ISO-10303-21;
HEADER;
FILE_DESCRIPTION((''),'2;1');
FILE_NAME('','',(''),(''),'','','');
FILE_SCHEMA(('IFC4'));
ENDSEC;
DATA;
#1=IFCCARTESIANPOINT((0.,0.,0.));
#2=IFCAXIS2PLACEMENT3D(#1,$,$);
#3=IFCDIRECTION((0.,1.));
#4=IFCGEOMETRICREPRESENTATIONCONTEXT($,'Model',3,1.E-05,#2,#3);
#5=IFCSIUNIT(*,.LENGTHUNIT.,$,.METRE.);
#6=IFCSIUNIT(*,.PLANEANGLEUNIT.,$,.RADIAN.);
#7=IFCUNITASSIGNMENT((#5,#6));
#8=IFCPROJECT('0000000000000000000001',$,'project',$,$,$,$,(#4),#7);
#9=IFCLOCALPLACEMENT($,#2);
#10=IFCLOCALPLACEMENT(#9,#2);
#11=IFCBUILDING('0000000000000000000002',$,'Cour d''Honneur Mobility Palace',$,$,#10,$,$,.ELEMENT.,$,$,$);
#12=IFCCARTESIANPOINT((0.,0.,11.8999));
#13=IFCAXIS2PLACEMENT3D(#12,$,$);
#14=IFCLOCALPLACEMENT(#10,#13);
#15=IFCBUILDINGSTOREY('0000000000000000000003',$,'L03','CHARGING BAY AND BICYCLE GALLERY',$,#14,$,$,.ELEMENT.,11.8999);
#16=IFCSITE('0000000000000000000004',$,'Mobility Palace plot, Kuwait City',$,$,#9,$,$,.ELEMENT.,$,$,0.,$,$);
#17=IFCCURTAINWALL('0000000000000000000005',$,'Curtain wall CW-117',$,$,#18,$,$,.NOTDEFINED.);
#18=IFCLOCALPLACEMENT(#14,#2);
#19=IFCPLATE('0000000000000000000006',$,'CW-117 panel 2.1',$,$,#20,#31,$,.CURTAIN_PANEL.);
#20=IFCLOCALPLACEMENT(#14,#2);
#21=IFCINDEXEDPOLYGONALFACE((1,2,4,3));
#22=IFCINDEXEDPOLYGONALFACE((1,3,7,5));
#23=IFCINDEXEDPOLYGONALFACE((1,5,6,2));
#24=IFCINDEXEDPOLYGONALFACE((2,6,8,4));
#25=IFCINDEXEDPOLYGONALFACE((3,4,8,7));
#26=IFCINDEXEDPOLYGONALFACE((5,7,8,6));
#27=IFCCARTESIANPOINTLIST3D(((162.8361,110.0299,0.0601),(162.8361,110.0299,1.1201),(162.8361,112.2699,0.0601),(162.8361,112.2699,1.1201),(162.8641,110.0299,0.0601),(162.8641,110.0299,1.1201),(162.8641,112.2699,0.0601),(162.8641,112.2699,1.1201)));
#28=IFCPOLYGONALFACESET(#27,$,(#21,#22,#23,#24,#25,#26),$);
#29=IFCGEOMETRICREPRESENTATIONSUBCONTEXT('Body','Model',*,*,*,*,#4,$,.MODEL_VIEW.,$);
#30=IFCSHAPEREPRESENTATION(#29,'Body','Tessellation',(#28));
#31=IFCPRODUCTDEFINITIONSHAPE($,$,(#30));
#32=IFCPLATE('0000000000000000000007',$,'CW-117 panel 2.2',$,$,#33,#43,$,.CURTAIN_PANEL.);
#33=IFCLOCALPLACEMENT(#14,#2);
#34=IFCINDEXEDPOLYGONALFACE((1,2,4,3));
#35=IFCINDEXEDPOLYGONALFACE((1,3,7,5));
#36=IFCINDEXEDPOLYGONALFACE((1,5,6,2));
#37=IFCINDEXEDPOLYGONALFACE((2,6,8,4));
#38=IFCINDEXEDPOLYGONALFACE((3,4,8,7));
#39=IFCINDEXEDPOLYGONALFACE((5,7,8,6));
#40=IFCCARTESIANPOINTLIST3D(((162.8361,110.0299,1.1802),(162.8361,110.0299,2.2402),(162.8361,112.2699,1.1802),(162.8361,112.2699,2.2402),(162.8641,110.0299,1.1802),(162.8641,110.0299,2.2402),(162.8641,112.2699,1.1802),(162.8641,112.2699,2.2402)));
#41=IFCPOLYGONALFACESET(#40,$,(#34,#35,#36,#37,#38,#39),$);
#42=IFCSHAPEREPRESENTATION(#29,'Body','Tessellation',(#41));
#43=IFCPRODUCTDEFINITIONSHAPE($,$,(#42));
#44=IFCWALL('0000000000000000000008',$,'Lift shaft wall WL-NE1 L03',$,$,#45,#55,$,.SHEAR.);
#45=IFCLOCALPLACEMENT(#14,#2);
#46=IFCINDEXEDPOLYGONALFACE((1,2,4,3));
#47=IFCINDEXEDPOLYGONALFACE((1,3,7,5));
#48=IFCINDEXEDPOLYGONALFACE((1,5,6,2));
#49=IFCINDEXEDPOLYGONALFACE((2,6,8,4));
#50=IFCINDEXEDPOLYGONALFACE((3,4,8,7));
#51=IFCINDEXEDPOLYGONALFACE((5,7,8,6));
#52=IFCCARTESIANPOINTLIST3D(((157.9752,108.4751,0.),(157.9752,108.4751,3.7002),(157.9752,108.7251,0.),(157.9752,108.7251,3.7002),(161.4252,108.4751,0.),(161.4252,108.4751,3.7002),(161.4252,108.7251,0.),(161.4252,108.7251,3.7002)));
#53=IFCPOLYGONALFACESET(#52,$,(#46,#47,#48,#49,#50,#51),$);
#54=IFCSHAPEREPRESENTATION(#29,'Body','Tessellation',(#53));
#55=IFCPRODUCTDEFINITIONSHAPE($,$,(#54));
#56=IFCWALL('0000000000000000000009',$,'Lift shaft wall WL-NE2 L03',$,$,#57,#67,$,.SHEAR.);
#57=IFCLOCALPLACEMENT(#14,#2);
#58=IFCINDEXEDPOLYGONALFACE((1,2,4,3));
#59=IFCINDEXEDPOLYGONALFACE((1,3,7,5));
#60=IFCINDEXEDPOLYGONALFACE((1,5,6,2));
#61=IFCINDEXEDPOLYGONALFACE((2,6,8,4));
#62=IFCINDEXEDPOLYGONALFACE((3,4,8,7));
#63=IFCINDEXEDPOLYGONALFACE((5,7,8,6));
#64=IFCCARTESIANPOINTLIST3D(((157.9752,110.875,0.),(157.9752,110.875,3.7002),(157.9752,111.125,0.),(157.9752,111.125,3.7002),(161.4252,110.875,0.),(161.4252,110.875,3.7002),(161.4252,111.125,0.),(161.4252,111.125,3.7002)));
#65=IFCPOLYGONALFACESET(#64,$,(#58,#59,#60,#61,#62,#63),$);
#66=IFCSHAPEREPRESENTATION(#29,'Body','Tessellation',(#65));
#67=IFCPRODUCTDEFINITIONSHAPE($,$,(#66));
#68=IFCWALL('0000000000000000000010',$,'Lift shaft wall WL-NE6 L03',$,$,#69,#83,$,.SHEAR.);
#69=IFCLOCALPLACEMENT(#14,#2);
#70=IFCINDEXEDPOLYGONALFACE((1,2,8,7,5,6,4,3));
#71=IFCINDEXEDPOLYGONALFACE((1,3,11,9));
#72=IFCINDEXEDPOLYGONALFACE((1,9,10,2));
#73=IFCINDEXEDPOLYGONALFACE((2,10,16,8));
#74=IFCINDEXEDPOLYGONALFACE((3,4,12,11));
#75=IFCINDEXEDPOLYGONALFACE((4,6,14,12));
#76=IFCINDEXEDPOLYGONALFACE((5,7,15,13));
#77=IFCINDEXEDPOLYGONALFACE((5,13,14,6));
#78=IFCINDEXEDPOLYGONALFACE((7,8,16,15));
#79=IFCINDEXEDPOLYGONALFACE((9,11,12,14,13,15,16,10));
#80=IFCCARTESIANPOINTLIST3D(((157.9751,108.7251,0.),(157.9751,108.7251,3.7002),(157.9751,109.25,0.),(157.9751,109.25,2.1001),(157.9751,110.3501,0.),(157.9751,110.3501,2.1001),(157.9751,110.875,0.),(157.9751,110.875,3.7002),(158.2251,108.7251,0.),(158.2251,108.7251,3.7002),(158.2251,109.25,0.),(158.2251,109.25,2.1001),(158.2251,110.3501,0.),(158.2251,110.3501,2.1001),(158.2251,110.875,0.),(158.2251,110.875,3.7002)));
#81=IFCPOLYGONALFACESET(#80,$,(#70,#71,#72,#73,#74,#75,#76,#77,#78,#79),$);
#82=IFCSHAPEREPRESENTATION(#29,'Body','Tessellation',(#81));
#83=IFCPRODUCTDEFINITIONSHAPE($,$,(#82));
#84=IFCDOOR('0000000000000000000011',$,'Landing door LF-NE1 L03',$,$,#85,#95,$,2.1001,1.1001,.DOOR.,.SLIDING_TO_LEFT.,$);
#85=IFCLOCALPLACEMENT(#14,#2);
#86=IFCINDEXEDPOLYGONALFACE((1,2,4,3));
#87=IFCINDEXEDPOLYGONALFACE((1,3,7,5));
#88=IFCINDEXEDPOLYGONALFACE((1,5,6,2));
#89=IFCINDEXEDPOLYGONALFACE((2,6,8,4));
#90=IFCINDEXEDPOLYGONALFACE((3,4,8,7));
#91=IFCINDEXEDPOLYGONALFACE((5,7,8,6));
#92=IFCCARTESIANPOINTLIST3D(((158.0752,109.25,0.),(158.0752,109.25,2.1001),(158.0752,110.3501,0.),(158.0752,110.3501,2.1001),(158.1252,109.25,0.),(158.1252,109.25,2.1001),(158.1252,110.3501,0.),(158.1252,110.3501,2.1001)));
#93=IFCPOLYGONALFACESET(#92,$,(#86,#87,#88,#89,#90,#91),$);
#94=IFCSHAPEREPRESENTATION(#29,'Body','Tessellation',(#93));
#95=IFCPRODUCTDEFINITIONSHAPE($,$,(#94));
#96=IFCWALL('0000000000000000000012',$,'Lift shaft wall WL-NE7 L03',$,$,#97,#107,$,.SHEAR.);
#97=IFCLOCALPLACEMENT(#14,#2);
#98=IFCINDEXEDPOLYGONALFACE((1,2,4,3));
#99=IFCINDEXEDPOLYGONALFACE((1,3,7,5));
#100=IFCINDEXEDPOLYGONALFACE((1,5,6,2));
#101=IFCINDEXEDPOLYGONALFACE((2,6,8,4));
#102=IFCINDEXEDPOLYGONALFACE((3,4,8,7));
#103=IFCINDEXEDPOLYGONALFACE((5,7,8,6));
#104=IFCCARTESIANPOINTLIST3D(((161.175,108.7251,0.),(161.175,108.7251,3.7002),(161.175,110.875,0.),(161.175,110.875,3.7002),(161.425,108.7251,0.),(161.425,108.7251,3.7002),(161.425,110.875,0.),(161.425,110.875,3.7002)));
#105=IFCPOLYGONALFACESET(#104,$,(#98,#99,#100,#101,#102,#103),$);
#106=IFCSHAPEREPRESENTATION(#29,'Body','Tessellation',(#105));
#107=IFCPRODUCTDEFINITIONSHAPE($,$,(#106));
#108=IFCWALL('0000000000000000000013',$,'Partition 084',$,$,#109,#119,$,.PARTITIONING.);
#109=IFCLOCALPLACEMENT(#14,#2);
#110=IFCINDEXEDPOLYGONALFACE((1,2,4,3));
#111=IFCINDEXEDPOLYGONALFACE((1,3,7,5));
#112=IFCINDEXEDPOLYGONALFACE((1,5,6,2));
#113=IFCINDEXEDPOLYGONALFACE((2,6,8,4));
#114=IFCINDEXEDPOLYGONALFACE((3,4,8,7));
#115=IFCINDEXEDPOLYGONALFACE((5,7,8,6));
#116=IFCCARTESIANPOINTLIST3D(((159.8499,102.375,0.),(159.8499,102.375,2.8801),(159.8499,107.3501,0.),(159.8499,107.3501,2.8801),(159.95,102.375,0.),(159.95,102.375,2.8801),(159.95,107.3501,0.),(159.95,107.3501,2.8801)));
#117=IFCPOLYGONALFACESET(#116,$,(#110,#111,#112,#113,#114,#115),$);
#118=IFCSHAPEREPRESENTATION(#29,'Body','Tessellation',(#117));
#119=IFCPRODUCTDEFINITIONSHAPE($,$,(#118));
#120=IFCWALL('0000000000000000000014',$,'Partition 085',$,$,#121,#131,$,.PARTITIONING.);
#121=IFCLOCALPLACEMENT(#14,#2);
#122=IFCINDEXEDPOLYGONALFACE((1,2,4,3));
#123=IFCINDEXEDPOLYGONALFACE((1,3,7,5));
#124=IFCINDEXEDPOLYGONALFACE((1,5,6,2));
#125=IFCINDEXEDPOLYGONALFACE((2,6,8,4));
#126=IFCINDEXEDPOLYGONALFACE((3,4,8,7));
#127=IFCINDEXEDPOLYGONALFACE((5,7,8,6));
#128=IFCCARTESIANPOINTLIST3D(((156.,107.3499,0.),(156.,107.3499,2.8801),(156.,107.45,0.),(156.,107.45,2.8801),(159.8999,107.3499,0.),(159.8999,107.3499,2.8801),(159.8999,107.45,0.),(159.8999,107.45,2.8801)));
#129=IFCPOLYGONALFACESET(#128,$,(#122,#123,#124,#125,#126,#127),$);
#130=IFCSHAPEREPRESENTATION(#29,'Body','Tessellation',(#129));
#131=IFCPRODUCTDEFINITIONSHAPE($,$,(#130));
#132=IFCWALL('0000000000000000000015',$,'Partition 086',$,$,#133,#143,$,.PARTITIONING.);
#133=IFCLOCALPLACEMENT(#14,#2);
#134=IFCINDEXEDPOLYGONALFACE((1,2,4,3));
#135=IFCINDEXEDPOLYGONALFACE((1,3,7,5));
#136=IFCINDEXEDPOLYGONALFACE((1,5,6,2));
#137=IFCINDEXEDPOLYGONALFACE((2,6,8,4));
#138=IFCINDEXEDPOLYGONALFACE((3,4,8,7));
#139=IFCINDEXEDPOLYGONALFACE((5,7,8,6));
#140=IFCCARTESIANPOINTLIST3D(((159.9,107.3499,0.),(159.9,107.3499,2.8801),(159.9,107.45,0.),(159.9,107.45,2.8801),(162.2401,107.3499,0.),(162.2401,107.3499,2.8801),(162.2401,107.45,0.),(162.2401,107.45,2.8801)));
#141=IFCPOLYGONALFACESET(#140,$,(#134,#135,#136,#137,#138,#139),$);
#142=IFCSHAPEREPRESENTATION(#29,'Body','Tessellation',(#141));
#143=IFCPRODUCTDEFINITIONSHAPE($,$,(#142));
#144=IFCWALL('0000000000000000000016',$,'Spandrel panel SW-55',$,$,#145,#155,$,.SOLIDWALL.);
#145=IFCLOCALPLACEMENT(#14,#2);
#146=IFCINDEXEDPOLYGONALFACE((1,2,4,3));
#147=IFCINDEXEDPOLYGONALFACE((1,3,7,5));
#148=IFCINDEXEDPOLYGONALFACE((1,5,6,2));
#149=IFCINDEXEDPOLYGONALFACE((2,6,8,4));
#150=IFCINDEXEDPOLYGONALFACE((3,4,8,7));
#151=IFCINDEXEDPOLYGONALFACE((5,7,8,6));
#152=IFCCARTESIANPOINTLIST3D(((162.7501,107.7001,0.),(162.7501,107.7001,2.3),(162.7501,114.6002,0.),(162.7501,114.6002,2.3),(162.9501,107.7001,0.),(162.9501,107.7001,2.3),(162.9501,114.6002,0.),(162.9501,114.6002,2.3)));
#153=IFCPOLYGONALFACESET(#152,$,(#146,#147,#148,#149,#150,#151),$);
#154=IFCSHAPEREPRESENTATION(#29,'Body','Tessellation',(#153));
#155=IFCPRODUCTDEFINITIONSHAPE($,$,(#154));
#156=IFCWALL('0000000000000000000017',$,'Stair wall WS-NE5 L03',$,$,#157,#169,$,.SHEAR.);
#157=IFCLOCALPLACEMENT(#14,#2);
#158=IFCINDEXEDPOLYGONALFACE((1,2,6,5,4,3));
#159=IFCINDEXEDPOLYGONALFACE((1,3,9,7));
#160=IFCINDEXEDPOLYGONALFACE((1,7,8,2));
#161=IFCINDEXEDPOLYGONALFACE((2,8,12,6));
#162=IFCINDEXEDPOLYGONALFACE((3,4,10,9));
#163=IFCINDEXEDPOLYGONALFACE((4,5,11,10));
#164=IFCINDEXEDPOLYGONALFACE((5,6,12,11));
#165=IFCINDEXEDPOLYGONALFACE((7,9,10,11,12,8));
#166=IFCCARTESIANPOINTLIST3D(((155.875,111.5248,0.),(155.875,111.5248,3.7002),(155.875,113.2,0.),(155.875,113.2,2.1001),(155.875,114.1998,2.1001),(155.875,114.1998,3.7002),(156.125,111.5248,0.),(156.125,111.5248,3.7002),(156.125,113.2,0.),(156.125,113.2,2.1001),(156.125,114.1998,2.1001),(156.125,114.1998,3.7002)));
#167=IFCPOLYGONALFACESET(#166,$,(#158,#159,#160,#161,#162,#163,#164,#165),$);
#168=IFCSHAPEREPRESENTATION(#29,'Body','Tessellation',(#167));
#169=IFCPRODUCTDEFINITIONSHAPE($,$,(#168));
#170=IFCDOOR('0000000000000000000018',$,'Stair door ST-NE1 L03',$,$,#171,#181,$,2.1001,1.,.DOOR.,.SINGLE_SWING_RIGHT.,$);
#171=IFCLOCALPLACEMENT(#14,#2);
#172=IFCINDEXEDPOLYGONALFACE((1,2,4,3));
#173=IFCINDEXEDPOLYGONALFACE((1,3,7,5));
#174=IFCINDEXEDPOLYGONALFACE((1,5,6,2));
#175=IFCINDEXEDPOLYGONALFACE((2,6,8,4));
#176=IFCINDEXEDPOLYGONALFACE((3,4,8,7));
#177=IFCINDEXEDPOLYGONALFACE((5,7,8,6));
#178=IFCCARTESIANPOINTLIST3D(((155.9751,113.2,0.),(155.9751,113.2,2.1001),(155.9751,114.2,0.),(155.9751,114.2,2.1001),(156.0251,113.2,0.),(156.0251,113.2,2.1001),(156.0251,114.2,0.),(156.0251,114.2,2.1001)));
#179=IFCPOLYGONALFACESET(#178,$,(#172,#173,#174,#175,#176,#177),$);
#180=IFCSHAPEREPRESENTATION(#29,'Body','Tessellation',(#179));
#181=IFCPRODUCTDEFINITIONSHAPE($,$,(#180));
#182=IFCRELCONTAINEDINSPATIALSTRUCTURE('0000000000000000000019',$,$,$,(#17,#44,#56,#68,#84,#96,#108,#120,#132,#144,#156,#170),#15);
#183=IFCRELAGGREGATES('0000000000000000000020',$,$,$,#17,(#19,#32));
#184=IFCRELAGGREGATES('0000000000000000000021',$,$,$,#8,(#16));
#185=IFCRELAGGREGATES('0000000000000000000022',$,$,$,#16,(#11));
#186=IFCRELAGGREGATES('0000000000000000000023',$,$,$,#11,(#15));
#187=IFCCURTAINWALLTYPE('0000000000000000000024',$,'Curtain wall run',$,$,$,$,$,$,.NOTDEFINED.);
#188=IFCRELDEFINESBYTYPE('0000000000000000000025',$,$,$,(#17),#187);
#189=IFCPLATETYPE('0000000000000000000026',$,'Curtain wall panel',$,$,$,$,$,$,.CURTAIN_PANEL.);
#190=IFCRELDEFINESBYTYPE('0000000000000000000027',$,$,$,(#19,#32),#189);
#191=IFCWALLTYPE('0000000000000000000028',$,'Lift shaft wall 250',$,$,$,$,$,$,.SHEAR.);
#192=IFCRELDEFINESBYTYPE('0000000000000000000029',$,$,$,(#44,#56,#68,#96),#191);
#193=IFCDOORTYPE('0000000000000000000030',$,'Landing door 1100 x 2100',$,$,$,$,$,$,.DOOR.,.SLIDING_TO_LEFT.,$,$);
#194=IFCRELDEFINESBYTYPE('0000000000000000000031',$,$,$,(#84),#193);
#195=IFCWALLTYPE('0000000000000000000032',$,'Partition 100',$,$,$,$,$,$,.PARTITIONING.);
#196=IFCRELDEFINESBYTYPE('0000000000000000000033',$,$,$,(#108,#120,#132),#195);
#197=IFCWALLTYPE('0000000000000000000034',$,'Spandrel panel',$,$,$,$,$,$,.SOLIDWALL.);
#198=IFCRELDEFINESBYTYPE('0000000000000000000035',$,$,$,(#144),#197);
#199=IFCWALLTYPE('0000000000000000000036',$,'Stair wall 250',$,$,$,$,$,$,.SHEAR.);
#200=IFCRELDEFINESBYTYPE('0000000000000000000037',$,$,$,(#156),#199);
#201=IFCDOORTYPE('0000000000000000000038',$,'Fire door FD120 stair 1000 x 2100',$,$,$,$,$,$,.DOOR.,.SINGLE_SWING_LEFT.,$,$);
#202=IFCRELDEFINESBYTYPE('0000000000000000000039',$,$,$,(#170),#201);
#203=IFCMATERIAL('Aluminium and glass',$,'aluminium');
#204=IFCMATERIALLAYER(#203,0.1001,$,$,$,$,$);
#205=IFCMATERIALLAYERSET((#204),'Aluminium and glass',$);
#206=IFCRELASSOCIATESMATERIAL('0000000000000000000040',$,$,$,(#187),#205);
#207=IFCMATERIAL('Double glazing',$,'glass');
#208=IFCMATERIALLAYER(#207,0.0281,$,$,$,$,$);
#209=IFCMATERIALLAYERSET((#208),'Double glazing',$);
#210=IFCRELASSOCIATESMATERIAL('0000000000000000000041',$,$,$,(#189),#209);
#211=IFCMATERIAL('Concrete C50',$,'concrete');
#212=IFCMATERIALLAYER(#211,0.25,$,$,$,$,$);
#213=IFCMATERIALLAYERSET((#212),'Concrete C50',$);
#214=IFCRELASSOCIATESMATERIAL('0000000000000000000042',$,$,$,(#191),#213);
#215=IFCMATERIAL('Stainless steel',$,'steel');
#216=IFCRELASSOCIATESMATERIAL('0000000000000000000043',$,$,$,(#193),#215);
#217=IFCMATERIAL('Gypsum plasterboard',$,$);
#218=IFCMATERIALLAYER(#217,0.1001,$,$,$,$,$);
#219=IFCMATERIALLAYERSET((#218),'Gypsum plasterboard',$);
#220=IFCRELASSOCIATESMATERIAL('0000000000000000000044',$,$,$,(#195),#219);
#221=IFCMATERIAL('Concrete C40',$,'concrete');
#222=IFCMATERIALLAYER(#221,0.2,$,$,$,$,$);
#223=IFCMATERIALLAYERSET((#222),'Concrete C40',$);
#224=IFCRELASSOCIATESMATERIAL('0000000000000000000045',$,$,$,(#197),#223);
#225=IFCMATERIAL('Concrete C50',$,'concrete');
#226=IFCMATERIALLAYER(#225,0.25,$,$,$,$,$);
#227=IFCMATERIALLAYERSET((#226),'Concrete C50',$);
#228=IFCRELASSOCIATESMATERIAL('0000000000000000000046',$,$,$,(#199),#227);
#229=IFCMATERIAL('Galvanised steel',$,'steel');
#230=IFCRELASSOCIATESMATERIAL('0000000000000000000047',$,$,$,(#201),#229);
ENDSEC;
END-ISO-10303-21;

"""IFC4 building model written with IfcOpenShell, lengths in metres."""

from ifc_helpers import new_model, si_unit, direction, frame, frame_2d, origin, origin_2d, place, context, subcontext, project, spatial, rectangle, extrude, material, layer, layer_set, type_object, element, fill, aggregate, save


model = new_model("IFC4")

# Units and contexts
model_context = context("Model", 3, precision=1e-05, world=origin(), true_north=direction((0.0, 1.0)))
body_context = subcontext(model_context, "Body", "Model", "MODEL_VIEW")
ifc_project = project(units=[si_unit("LENGTHUNIT", "METRE"), si_unit("PLANEANGLEUNIT", "RADIAN")], contexts=[model_context])

# Site, building, storey
site_placement = place(None, origin())
site = spatial("IfcSite", under=ifc_project, at=site_placement, Name="Mobility Palace plot, Kuwait City", CompositionType="ELEMENT", RefElevation=0.0)
building_placement = place(site_placement, origin())
building = spatial("IfcBuilding", under=site, at=building_placement, Name="Cour d'Honneur Mobility Palace", CompositionType="ELEMENT")
storey_placement = place(building_placement, frame((0.0, 0.0, 11.8999)))
storey = spatial("IfcBuildingStorey", under=building, at=storey_placement, Name="L03", Description="CHARGING BAY AND BICYCLE GALLERY", CompositionType="ELEMENT", Elevation=11.8999)

# Curtain wall
ifc_material_1 = material(Name="Aluminium and glass", Category="aluminium")
ifc_layer_1 = layer(ifc_material_1, 0.1001)
ifc_layer_set_1 = layer_set([ifc_layer_1], Name="Aluminium and glass")
curtain_wall_type = type_object("IfcCurtainWallType", Name="Curtain wall run", PredefinedType="NOTDEFINED", material=ifc_layer_set_1)
curtain_wall_placement = place(storey_placement, origin())
curtain_wall = element("IfcCurtainWall", 1, at=curtain_wall_placement, inside=storey, type_object=curtain_wall_type, Name="Curtain wall CW-117", PredefinedType="NOTDEFINED")

# Plates
ifc_material_2 = material(Name="Double glazing", Category="glass")
ifc_layer_2 = layer(ifc_material_2, 0.0281)
ifc_layer_set_2 = layer_set([ifc_layer_2], Name="Double glazing")
plate_type = type_object("IfcPlateType", Name="Curtain wall panel", PredefinedType="CURTAIN_PANEL", material=ifc_layer_set_2)
plate_1_placement = place(storey_placement, frame((162.8501, 111.1499, 0.0601), z_axis=(0.0, 0.0, 1.0), x_axis=(0.0, 1.0, 0.0)))
plate_1 = element("IfcPlate", 2, at=plate_1_placement, type_object=plate_type, Name="CW-117 panel 2.1", PredefinedType="CURTAIN_PANEL", context=body_context, shape_type="SweptSolid", body=[
    extrude(rectangle(XDim=2.24, YDim=0.0281, at=origin_2d()), origin(), (0.0, 0.0, 1.0), 1.0601),
])
plate_2_placement = place(storey_placement, frame((162.8501, 111.1499, 1.1802), z_axis=(0.0, 0.0, 1.0), x_axis=(0.0, 1.0, 0.0)))
plate_2 = element("IfcPlate", 3, at=plate_2_placement, type_object=plate_type, Name="CW-117 panel 2.2", PredefinedType="CURTAIN_PANEL", context=body_context, shape_type="SweptSolid", body=[
    extrude(rectangle(XDim=2.24, YDim=0.0281, at=origin_2d()), origin(), (0.0, 0.0, 1.0), 1.0601),
])
aggregate(curtain_wall, [plate_1, plate_2])

# Walls
ifc_material_3 = material(Name="Concrete C50", Category="concrete")
ifc_layer_3 = layer(ifc_material_3, 0.25)
ifc_layer_set_3 = layer_set([ifc_layer_3], Name="Concrete C50")
wall_type_1 = type_object("IfcWallType", Name="Lift shaft wall 250", PredefinedType="SHEAR", material=ifc_layer_set_3)
for number, where, z_axis, x_axis, name in (
    (4, (157.9751, 108.6001, 0.0), (0.0, 0.0, 1.0), (1.0, 0.0, 0.0), "Lift shaft wall WL-NE1 L03"),
    (5, (157.9751, 111.0, 0.0), (0.0, 0.0, 1.0), (1.0, 0.0, 0.0), "Lift shaft wall WL-NE2 L03"),
):
    element("IfcWall", number, at=place(storey_placement, frame(where, z_axis=z_axis, x_axis=x_axis)), inside=storey, type_object=wall_type_1, Name=name, PredefinedType="SHEAR", context=body_context, shape_type="SweptSolid", body=[
        extrude(rectangle(XDim=3.45, YDim=0.25, at=frame_2d((1.7251, 0.0))), origin(), (0.0, 0.0, 1.0), 3.7002),
    ])

# Wall, opening, door
wall_1_placement = place(storey_placement, frame((158.1001, 108.7251, 0.0), z_axis=(0.0, 0.0, 1.0), x_axis=(0.0, 1.0, 0.0)))
wall_1 = element("IfcWall", 6, at=wall_1_placement, inside=storey, type_object=wall_type_1, Name="Lift shaft wall WL-NE6 L03", PredefinedType="SHEAR", context=body_context, shape_type="SweptSolid", body=[
    extrude(rectangle(XDim=2.1499, YDim=0.25, at=frame_2d((1.075, 0.0))), origin(), (0.0, 0.0, 1.0), 3.7002),
])
opening_1_placement = place(wall_1_placement, frame((0.5249, 0.0, 0.0)))
opening_1 = element("IfcOpeningElement", 7, at=opening_1_placement, cuts=wall_1, PredefinedType="OPENING", context=body_context, shape_type="SweptSolid", body=[
    extrude(rectangle(XDim=1.1001, YDim=2.1001, at=frame_2d((0.55, 1.05))), frame((0.0, 0.135, 0.0), z_axis=(0.0, -1.0, 0.0), x_axis=(1.0, 0.0, 0.0)), (0.0, 0.0, 1.0), 0.27),
])
ifc_material_4 = material(Name="Stainless steel", Category="steel")
door_type_1 = type_object("IfcDoorType", Name="Landing door 1100 x 2100", OperationType="SLIDING_TO_LEFT", PredefinedType="DOOR", material=ifc_material_4)
door_1_placement = place(opening_1_placement, origin())
door_1 = element("IfcDoor", 8, at=door_1_placement, inside=storey, type_object=door_type_1, Name="Landing door LF-NE1 L03", OperationType="SLIDING_TO_LEFT", OverallHeight=2.1001, OverallWidth=1.1001, PredefinedType="DOOR", context=body_context, shape_type="SweptSolid", body=[
    extrude(rectangle(XDim=1.1001, YDim=2.1001, at=frame_2d((0.55, 1.05))), frame((0.0, 0.0249, 0.0), z_axis=(0.0, -1.0, 0.0), x_axis=(1.0, 0.0, 0.0)), (0.0, 0.0, 1.0), 0.05),
])
fill(opening_1, door_1)

# Walls
wall_2_placement = place(storey_placement, frame((161.3, 108.7251, 0.0), z_axis=(0.0, 0.0, 1.0), x_axis=(0.0, 1.0, 0.0)))
element("IfcWall", 9, at=wall_2_placement, inside=storey, type_object=wall_type_1, Name="Lift shaft wall WL-NE7 L03", PredefinedType="SHEAR", context=body_context, shape_type="SweptSolid", body=[
    extrude(rectangle(XDim=2.1499, YDim=0.25, at=frame_2d((1.075, 0.0))), origin(), (0.0, 0.0, 1.0), 3.7002),
])
ifc_material_5 = material(Name="Gypsum plasterboard")
ifc_layer_4 = layer(ifc_material_5, 0.1001)
ifc_layer_set_4 = layer_set([ifc_layer_4], Name="Gypsum plasterboard")
wall_type_2 = type_object("IfcWallType", Name="Partition 100", PredefinedType="PARTITIONING", material=ifc_layer_set_4)
wall_3_placement = place(storey_placement, frame((159.8999, 107.3501, 0.0), z_axis=(0.0, 0.0, 1.0), x_axis=(0.0, -1.0, 0.0)))
element("IfcWall", 10, at=wall_3_placement, inside=storey, type_object=wall_type_2, Name="Partition 084", PredefinedType="PARTITIONING", context=body_context, shape_type="SweptSolid", body=[
    extrude(rectangle(XDim=4.9751, YDim=0.1001, at=frame_2d((2.4875, 0.0))), origin(), (0.0, 0.0, 1.0), 2.8801),
])
wall_4_placement = place(storey_placement, frame((159.8999, 107.3999, 0.0), z_axis=(0.0, 0.0, 1.0), x_axis=(-1.0, 0.0, 0.0)))
element("IfcWall", 11, at=wall_4_placement, inside=storey, type_object=wall_type_2, Name="Partition 085", PredefinedType="PARTITIONING", context=body_context, shape_type="SweptSolid", body=[
    extrude(rectangle(XDim=3.8999, YDim=0.1001, at=frame_2d((1.95, 0.0))), origin(), (0.0, 0.0, 1.0), 2.8801),
])
wall_5_placement = place(storey_placement, frame((162.24, 107.3999, 0.0), z_axis=(0.0, 0.0, 1.0), x_axis=(-1.0, 0.0, 0.0)))
element("IfcWall", 12, at=wall_5_placement, inside=storey, type_object=wall_type_2, Name="Partition 086", PredefinedType="PARTITIONING", context=body_context, shape_type="SweptSolid", body=[
    extrude(rectangle(XDim=2.3401, YDim=0.1001, at=frame_2d((1.1699, 0.0))), origin(), (0.0, 0.0, 1.0), 2.8801),
])
ifc_material_6 = material(Name="Concrete C40", Category="concrete")
ifc_layer_5 = layer(ifc_material_6, 0.2)
ifc_layer_set_5 = layer_set([ifc_layer_5], Name="Concrete C40")
wall_type_3 = type_object("IfcWallType", Name="Spandrel panel", PredefinedType="SOLIDWALL", material=ifc_layer_set_5)
wall_6_placement = place(storey_placement, frame((162.8501, 107.7, 0.0), z_axis=(0.0, 0.0, 1.0), x_axis=(0.0, 1.0, 0.0)))
element("IfcWall", 13, at=wall_6_placement, inside=storey, type_object=wall_type_3, Name="Spandrel panel SW-55", PredefinedType="SOLIDWALL", context=body_context, shape_type="SweptSolid", body=[
    extrude(rectangle(XDim=6.9001, YDim=0.2, at=frame_2d((3.4502, 0.0))), origin(), (0.0, 0.0, 1.0), 2.3),
])

# Wall, opening, door
ifc_material_7 = material(Name="Concrete C50", Category="concrete")
ifc_layer_6 = layer(ifc_material_7, 0.25)
ifc_layer_set_6 = layer_set([ifc_layer_6], Name="Concrete C50")
wall_type_4 = type_object("IfcWallType", Name="Stair wall 250", PredefinedType="SHEAR", material=ifc_layer_set_6)
wall_7_placement = place(storey_placement, frame((156.0, 111.5249, 0.0), z_axis=(0.0, 0.0, 1.0), x_axis=(0.0, 1.0, 0.0)))
wall_7 = element("IfcWall", 14, at=wall_7_placement, inside=storey, type_object=wall_type_4, Name="Stair wall WS-NE5 L03", PredefinedType="SHEAR", context=body_context, shape_type="SweptSolid", body=[
    extrude(rectangle(XDim=2.675, YDim=0.25, at=frame_2d((1.3374, 0.0))), origin(), (0.0, 0.0, 1.0), 3.7002),
])
opening_2_placement = place(wall_7_placement, frame((1.675, 0.0, 0.0)))
opening_2 = element("IfcOpeningElement", 15, at=opening_2_placement, cuts=wall_7, PredefinedType="OPENING", context=body_context, shape_type="SweptSolid", body=[
    extrude(rectangle(XDim=1.0, YDim=2.1001, at=frame_2d((0.5, 1.05))), frame((0.0, 0.135, 0.0), z_axis=(0.0, -1.0, 0.0), x_axis=(1.0, 0.0, 0.0)), (0.0, 0.0, 1.0), 0.27),
])
ifc_material_8 = material(Name="Galvanised steel", Category="steel")
door_type_2 = type_object("IfcDoorType", Name="Fire door FD120 stair 1000 x 2100", OperationType="SINGLE_SWING_LEFT", PredefinedType="DOOR", material=ifc_material_8)
door_2_placement = place(opening_2_placement, origin())
door_2 = element("IfcDoor", 16, at=door_2_placement, inside=storey, type_object=door_type_2, Name="Stair door ST-NE1 L03", OperationType="SINGLE_SWING_RIGHT", OverallHeight=2.1001, OverallWidth=1.0, PredefinedType="DOOR", context=body_context, shape_type="SweptSolid", body=[
    extrude(rectangle(XDim=1.0, YDim=2.1001, at=frame_2d((0.5, 1.05))), frame((0.0, 0.0249, 0.0), z_axis=(0.0, -1.0, 0.0), x_axis=(1.0, 0.0, 0.0)), (0.0, 0.0, 1.0), 0.05),
])
fill(opening_2, door_2)

save(model, "model.ifc")
